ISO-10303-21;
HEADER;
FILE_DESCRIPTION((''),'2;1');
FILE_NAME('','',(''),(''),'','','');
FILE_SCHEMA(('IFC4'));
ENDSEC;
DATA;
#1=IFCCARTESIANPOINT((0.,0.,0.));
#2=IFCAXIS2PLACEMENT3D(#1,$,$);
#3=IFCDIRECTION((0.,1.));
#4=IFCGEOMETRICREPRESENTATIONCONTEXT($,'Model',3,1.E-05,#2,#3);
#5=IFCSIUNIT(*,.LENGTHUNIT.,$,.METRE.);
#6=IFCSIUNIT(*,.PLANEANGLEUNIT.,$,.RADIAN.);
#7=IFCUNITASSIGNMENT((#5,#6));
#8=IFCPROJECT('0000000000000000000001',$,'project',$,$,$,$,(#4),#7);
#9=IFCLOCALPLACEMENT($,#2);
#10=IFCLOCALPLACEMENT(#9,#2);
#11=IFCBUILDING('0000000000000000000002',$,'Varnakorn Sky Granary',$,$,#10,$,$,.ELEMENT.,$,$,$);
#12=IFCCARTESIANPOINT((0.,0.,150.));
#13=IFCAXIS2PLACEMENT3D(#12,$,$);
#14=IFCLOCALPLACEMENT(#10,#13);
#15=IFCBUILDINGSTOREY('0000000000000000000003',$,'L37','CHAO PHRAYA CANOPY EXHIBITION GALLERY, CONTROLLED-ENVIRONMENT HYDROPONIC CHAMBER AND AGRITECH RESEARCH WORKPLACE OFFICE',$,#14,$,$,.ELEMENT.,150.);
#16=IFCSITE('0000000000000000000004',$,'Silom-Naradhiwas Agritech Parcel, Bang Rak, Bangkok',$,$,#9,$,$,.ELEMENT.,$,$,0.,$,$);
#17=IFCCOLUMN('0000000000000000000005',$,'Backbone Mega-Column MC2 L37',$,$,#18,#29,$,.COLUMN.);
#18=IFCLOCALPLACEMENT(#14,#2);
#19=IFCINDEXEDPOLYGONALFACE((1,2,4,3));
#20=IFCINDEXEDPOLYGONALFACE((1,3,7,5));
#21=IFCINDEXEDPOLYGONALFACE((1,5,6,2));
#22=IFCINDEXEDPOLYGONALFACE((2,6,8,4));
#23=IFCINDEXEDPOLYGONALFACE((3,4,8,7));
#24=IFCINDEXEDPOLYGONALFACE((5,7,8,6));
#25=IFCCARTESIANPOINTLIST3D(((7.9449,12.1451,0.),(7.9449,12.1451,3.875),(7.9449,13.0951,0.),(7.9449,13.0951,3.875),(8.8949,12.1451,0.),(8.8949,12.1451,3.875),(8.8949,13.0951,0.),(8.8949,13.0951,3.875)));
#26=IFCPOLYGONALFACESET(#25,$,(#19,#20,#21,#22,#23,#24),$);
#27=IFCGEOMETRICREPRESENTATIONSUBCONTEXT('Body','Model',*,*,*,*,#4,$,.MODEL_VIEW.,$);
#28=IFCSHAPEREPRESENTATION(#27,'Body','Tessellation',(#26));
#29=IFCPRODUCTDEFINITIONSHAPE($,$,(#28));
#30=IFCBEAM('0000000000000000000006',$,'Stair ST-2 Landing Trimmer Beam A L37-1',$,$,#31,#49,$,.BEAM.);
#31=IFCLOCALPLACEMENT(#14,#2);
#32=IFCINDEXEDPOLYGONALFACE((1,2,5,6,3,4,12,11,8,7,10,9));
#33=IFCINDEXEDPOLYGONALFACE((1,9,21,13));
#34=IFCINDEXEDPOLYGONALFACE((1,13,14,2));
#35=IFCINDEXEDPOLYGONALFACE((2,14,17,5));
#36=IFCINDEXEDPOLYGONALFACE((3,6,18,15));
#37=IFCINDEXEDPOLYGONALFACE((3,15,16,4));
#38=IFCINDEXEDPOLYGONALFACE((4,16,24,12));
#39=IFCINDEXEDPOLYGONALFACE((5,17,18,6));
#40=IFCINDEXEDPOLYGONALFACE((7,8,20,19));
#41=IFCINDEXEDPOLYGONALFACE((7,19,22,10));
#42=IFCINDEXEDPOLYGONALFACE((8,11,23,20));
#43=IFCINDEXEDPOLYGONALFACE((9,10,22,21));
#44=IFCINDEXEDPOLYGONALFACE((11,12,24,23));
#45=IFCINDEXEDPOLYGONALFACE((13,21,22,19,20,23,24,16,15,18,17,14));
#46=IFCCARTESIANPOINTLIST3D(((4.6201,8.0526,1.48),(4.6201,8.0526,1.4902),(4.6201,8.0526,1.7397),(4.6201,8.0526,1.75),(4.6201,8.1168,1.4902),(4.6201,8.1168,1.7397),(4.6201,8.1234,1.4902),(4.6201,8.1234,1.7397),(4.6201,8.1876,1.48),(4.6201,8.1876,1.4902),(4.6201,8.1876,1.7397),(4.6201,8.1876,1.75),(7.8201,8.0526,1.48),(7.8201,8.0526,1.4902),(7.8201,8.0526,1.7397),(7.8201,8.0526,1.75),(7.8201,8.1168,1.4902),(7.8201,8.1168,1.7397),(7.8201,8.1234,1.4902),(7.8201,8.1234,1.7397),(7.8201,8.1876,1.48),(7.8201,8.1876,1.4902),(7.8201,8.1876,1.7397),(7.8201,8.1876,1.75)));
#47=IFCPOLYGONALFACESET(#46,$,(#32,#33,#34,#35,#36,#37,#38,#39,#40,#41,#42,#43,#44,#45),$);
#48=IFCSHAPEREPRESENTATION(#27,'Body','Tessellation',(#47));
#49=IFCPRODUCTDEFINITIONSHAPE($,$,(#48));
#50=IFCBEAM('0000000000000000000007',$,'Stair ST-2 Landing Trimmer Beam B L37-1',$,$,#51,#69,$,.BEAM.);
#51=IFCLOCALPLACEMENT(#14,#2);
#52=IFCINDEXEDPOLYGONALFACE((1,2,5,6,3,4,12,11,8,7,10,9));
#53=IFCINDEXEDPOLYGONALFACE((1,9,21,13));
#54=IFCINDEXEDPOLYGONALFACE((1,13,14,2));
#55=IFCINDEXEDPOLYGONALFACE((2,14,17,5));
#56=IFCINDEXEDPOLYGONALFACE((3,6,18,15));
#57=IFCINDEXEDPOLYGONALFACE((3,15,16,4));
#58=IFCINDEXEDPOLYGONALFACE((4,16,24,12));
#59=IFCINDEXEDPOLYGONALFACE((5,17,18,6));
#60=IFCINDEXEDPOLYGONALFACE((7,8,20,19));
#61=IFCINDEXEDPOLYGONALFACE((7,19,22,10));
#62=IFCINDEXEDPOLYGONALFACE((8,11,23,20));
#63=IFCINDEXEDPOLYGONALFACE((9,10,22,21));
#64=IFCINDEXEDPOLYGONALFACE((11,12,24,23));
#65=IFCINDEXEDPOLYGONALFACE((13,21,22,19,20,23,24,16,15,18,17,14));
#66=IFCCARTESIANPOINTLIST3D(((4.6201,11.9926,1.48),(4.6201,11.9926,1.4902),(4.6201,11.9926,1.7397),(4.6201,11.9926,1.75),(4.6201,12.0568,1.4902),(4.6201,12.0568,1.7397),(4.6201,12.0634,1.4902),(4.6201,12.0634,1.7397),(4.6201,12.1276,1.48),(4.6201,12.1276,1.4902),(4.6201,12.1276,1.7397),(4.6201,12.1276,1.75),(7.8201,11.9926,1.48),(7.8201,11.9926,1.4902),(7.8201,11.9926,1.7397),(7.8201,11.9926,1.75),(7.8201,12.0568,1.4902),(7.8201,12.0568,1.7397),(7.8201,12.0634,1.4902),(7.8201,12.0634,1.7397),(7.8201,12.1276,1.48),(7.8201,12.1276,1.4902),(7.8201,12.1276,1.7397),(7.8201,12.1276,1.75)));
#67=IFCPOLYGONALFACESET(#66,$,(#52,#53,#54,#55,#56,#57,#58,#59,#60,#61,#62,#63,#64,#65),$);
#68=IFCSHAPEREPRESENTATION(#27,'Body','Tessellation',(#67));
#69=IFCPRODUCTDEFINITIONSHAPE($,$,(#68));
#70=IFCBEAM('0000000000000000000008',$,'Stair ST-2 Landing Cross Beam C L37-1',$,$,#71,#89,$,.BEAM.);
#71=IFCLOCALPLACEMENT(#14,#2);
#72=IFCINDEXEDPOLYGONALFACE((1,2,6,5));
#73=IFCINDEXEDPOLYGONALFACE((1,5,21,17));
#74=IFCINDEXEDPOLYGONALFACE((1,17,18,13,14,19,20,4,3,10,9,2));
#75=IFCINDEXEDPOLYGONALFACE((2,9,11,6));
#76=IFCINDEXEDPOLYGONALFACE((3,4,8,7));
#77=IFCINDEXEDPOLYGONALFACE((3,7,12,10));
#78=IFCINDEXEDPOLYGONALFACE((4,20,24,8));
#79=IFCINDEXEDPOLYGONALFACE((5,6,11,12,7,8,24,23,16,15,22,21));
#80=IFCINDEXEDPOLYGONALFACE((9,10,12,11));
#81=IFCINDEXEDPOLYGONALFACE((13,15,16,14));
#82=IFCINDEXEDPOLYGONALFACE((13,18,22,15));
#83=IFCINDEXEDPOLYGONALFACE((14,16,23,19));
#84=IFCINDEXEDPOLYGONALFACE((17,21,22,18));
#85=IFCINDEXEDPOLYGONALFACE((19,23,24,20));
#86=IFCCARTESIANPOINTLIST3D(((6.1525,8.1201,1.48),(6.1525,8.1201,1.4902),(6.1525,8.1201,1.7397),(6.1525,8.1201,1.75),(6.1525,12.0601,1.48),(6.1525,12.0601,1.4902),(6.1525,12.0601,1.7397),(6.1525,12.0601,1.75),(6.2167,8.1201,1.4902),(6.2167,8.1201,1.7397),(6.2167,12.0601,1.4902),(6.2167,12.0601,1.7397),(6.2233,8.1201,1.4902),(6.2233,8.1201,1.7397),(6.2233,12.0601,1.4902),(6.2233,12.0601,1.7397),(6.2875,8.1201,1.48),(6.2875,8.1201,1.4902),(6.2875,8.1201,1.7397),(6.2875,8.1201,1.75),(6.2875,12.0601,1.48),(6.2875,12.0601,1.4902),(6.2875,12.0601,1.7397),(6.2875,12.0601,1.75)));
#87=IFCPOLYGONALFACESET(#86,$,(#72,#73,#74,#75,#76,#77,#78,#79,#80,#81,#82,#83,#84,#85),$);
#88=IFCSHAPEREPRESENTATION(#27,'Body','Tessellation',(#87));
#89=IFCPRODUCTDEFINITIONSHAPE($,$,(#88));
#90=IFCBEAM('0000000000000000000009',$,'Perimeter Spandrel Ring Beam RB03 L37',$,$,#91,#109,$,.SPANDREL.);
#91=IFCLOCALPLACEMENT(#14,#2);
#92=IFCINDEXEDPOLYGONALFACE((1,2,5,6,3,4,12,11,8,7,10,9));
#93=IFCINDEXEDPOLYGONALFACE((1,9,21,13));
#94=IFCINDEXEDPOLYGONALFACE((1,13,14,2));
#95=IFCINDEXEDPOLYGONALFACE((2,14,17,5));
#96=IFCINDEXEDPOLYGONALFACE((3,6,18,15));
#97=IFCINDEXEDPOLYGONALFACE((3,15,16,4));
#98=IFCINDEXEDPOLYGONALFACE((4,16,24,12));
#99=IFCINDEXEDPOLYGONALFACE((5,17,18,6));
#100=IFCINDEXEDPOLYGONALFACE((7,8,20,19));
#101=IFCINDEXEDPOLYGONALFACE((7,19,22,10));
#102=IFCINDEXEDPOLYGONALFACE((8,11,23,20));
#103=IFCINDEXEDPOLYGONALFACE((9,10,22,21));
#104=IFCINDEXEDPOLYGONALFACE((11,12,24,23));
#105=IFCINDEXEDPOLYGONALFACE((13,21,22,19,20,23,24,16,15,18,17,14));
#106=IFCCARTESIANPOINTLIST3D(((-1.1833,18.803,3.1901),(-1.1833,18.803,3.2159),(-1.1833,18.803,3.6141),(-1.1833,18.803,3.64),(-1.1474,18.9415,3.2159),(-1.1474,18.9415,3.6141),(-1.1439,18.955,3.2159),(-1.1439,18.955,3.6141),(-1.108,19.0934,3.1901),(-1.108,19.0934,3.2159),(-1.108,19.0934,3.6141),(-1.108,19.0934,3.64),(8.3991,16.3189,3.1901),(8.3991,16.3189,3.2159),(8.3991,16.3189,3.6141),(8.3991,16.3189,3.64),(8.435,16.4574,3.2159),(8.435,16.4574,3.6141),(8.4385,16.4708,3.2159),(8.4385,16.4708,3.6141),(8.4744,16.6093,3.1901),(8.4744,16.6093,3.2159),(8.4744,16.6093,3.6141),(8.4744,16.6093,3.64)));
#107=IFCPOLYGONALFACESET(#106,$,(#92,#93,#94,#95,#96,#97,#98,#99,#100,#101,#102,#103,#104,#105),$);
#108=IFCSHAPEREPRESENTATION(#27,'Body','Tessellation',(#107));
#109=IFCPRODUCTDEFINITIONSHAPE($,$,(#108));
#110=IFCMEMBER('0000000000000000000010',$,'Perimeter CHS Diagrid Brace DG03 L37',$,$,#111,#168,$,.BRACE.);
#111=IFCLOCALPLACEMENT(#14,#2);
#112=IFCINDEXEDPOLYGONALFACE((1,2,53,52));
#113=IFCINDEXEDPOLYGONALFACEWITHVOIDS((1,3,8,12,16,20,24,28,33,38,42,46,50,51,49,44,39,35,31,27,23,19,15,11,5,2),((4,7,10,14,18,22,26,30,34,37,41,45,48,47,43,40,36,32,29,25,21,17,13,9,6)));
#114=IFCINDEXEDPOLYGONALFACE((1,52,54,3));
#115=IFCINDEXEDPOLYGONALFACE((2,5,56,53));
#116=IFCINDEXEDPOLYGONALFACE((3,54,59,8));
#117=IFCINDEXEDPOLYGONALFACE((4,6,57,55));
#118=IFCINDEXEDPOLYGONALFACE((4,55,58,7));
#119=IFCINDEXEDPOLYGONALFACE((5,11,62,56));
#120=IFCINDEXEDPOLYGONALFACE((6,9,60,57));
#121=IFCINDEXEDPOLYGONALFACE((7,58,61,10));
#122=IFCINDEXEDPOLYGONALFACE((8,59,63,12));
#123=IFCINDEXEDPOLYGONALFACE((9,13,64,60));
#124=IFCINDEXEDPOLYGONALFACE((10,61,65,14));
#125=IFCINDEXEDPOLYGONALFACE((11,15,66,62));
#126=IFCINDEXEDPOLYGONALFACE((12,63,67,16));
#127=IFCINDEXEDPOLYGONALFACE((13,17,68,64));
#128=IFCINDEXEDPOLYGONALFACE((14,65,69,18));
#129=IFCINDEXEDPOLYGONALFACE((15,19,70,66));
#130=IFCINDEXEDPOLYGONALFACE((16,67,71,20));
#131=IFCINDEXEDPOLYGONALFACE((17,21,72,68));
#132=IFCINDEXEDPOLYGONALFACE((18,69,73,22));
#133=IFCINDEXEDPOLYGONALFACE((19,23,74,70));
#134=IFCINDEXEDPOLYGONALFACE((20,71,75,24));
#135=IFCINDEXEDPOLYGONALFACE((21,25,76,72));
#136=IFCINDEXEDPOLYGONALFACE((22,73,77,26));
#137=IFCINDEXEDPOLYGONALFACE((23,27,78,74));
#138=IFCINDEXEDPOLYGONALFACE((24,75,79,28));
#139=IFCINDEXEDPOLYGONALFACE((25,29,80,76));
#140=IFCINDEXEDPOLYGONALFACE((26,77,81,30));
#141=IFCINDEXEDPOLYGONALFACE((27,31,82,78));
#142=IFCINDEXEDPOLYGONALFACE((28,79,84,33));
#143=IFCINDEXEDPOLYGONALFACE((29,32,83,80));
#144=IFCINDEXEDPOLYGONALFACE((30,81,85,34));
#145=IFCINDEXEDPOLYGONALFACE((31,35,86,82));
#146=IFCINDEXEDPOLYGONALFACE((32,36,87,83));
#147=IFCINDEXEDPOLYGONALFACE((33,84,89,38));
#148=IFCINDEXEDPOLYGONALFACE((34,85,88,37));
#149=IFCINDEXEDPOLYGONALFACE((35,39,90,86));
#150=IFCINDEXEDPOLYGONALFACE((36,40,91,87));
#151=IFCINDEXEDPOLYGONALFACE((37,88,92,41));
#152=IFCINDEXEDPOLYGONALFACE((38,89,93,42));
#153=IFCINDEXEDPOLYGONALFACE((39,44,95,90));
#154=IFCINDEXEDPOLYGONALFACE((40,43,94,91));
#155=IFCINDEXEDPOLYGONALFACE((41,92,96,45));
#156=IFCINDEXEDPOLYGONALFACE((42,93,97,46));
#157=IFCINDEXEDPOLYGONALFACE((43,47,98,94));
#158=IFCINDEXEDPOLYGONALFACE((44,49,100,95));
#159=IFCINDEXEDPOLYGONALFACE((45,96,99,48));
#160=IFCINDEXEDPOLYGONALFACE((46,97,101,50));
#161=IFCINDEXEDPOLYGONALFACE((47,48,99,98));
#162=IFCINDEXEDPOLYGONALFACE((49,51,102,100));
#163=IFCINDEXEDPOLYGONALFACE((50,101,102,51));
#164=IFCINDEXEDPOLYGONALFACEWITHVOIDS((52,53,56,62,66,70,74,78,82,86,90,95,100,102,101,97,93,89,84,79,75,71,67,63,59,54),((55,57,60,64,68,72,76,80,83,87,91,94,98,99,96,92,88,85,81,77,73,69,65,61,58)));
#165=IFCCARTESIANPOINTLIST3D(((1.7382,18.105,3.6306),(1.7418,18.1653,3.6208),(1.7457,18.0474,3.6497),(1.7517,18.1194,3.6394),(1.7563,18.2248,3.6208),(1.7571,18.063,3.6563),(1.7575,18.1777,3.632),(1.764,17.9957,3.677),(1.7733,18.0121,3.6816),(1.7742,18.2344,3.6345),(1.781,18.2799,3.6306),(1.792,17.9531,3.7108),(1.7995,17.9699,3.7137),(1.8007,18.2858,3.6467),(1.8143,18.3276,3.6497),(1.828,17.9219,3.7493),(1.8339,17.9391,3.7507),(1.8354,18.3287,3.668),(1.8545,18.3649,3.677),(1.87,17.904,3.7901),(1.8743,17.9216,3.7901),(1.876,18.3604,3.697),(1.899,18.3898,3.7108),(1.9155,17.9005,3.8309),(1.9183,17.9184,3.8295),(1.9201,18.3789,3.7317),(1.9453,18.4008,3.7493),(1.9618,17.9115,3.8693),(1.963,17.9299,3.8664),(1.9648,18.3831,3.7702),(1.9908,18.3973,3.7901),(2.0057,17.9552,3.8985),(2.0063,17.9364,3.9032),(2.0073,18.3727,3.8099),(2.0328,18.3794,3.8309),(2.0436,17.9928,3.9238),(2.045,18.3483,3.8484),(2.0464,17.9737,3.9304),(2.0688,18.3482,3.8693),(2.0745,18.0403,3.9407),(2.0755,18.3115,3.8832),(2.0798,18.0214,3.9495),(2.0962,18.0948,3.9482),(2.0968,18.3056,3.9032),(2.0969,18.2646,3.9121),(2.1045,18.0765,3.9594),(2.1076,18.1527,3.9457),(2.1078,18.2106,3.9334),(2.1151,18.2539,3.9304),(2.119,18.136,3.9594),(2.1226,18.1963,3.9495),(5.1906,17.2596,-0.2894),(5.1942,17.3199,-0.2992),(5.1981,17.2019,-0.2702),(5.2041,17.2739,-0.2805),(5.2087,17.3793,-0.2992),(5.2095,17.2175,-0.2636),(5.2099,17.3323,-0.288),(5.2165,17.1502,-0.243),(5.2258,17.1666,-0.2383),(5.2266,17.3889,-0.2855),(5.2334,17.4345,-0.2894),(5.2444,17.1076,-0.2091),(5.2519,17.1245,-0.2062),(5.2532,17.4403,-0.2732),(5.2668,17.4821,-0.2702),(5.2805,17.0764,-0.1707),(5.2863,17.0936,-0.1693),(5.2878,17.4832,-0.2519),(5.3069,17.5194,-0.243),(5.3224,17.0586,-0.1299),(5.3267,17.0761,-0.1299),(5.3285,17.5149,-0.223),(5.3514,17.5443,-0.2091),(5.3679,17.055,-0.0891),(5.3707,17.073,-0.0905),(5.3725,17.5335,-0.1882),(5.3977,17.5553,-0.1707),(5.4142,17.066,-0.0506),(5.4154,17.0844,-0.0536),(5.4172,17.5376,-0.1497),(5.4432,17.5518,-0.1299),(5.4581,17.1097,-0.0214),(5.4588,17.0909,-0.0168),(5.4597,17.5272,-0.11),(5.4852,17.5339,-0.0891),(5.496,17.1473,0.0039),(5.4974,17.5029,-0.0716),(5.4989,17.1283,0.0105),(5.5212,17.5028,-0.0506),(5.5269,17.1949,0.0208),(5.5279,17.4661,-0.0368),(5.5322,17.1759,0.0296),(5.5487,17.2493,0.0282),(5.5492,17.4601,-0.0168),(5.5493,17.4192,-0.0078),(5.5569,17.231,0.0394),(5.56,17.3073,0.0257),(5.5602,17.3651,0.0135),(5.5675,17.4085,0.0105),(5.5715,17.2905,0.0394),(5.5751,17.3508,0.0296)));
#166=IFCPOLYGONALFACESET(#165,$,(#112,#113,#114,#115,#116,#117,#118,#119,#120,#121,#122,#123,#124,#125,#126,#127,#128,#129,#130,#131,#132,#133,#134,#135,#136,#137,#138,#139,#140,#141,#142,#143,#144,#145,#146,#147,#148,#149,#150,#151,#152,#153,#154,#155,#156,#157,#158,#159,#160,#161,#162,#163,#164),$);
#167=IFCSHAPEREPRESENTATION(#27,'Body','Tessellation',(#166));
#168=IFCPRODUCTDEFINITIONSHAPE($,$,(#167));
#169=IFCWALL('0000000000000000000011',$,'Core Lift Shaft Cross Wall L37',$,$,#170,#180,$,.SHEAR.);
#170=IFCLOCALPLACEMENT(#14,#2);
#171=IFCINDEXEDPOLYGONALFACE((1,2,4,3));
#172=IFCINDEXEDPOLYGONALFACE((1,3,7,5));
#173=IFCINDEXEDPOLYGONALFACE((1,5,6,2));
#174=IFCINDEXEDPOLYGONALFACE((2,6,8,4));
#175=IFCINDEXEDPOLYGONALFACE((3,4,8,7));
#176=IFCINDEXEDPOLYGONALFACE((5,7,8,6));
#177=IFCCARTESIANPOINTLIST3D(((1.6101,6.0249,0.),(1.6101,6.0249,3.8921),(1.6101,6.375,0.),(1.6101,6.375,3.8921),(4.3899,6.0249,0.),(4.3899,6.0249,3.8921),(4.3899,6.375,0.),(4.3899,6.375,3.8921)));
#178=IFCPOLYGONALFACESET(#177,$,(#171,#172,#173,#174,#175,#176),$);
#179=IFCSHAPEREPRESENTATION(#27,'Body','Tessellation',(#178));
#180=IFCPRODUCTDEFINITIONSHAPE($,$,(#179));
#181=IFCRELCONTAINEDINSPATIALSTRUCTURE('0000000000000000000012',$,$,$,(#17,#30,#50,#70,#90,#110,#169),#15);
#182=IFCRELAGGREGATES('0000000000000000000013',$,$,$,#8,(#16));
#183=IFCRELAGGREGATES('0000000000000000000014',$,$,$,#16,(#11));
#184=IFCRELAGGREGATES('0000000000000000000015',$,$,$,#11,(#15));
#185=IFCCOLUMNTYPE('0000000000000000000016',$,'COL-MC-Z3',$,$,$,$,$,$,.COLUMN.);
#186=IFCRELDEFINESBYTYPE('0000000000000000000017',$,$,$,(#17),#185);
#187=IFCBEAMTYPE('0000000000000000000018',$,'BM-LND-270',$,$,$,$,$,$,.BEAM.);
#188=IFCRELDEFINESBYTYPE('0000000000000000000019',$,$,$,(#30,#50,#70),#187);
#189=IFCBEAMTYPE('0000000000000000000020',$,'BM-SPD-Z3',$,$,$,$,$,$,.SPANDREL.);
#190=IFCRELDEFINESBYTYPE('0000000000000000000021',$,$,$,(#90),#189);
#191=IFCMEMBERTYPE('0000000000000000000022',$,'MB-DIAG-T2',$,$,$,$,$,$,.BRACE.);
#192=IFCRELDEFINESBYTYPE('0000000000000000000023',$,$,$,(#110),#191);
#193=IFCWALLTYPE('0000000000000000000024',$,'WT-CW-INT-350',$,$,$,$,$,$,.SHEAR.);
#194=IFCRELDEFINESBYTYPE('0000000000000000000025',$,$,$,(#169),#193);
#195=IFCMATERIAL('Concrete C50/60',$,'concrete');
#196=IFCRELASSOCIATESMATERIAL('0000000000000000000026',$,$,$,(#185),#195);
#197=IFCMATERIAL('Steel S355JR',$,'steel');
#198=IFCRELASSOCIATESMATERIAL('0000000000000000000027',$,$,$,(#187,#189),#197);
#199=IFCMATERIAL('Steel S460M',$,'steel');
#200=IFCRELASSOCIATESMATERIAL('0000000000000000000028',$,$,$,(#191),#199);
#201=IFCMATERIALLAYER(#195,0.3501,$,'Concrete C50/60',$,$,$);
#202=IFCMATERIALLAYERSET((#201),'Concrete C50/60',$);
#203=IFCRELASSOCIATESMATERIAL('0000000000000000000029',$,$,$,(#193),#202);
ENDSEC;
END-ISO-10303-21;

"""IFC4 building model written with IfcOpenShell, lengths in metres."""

from ifc_helpers import new_model, si_unit, direction, frame, frame_2d, origin, origin_2d, place, context, subcontext, project, spatial, rectangle, hollow_circle, i_section, extrude, material, layer, layer_set, material_profile, profile_set, type_object, element, save


model = new_model("IFC4")

# Units and contexts
model_context = context("Model", 3, precision=1e-05, world=origin(), true_north=direction((0.0, 1.0)))
body_context = subcontext(model_context, "Body", "Model", "MODEL_VIEW")
ifc_project = project(units=[si_unit("LENGTHUNIT", "METRE"), si_unit("PLANEANGLEUNIT", "RADIAN")], contexts=[model_context])

# Site, building, storey
site_placement = place(None, origin())
site = spatial("IfcSite", under=ifc_project, at=site_placement, Name="Silom-Naradhiwas Agritech Parcel, Bang Rak, Bangkok", CompositionType="ELEMENT", RefElevation=0.0)
building_placement = place(site_placement, origin())
building = spatial("IfcBuilding", under=site, at=building_placement, Name="Varnakorn Sky Granary", CompositionType="ELEMENT")
storey_placement = place(building_placement, frame((0.0, 0.0, 150.0)))
storey = spatial("IfcBuildingStorey", under=building, at=storey_placement, Name="L37", Description="CHAO PHRAYA CANOPY EXHIBITION GALLERY, CONTROLLED-ENVIRONMENT HYDROPONIC CHAMBER AND AGRITECH RESEARCH WORKPLACE OFFICE", CompositionType="ELEMENT", Elevation=150.0)

# Column
ifc_material_1 = material(Name="Concrete C50/60", Category="concrete")
ifc_material_profile_1 = material_profile(ifc_material_1, rectangle(XDim=0.95, YDim=0.95, at=origin_2d()), Name="RC 950x950")
ifc_profile_set_1 = profile_set([ifc_material_profile_1], Name="Concrete C50/60")
column_type = type_object("IfcColumnType", Name="COL-MC-Z3", PredefinedType="COLUMN", material=ifc_profile_set_1)
column_placement = place(storey_placement, frame((8.4199, 12.6201, 0.0), z_axis=(0.0, 0.0, 1.0), x_axis=(1.0, 0.0, 0.0)))
element("IfcColumn", 1, at=column_placement, inside=storey, type_object=column_type, Name="Backbone Mega-Column MC2 L37", PredefinedType="COLUMN", context=body_context, shape_type="SweptSolid", body=[
    extrude(rectangle(XDim=0.95, YDim=0.95, at=origin_2d()), origin(), (0.0, 0.0, 1.0), 3.875),
])

# Beams
ifc_material_2 = material(Name="Steel S355JR", Category="steel")
ifc_material_profile_2 = material_profile(ifc_material_2, i_section(OverallWidth=0.135, OverallDepth=0.27, WebThickness=0.0066, FlangeThickness=0.0103, at=origin_2d()), Name="IPE 270")
ifc_profile_set_2 = profile_set([ifc_material_profile_2], Name="Steel S355JR")
beam_type_1 = type_object("IfcBeamType", Name="BM-LND-270", PredefinedType="BEAM", material=ifc_profile_set_2)
for number, where, z_axis, x_axis, name in (
    (2, (4.6201, 8.1201, 1.615), (1.0, 0.0, 0.0), (0.0, 1.0, 0.0), "Stair ST-2 Landing Trimmer Beam A L37-1"),
    (3, (4.6201, 12.0601, 1.615), (1.0, 0.0, 0.0), (0.0, 1.0, 0.0), "Stair ST-2 Landing Trimmer Beam B L37-1"),
):
    element("IfcBeam", number, at=place(storey_placement, frame(where, z_axis=z_axis, x_axis=x_axis)), inside=storey, type_object=beam_type_1, Name=name, PredefinedType="BEAM", context=body_context, shape_type="SweptSolid", body=[
        extrude(i_section(OverallWidth=0.135, OverallDepth=0.27, WebThickness=0.0066, FlangeThickness=0.0103, at=origin_2d()), origin(), (0.0, 0.0, 1.0), 3.2),
    ])
beam_1_placement = place(storey_placement, frame((6.22, 8.1201, 1.615), z_axis=(0.0, 1.0, 0.0), x_axis=(-1.0, 0.0, 0.0)))
element("IfcBeam", 4, at=beam_1_placement, inside=storey, type_object=beam_type_1, Name="Stair ST-2 Landing Cross Beam C L37-1", PredefinedType="BEAM", context=body_context, shape_type="SweptSolid", body=[
    extrude(i_section(OverallWidth=0.135, OverallDepth=0.27, WebThickness=0.0066, FlangeThickness=0.0103, at=origin_2d()), origin(), (0.0, 0.0, 1.0), 3.9399),
])
ifc_material_profile_3 = material_profile(ifc_material_2, i_section(OverallWidth=0.3, OverallDepth=0.45, WebThickness=0.0139, FlangeThickness=0.0259, at=origin_2d()), Name="HE 450 B")
ifc_profile_set_3 = profile_set([ifc_material_profile_3], Name="Steel S355JR")
beam_type_2 = type_object("IfcBeamType", Name="BM-SPD-Z3", PredefinedType="SPANDREL", material=ifc_profile_set_3)
beam_2_placement = place(storey_placement, frame((8.4368, 16.4641, 3.415), z_axis=(-0.968002, 0.250941, 0.0), x_axis=(-0.250941, -0.968002, 0.0)))
element("IfcBeam", 5, at=beam_2_placement, inside=storey, type_object=beam_type_2, Name="Perimeter Spandrel Ring Beam RB03 L37", PredefinedType="SPANDREL", context=body_context, shape_type="SweptSolid", body=[
    extrude(i_section(OverallWidth=0.3, OverallDepth=0.45, WebThickness=0.0139, FlangeThickness=0.0259, at=origin_2d()), origin(), (0.0, 0.0, 1.0), 9.8992),
])

# Member
ifc_material_3 = material(Name="Steel S460M", Category="steel")
ifc_material_profile_4 = material_profile(ifc_material_3, hollow_circle(Radius=0.2539, WallThickness=0.0181, at=origin_2d()), Name="CHS 508x18")
ifc_profile_set_4 = profile_set([ifc_material_profile_4], Name="Steel S460M")
member_type = type_object("IfcMemberType", Name="MB-DIAG-T2", PredefinedType="BRACE", material=ifc_profile_set_4)
member_placement = place(storey_placement, frame((5.3828, 17.3052, -0.1299), z_axis=(-0.652445, 0.159778, 0.740801), x_axis=(-0.237862, -0.971299, 0.0)))
element("IfcMember", 6, at=member_placement, inside=storey, type_object=member_type, Name="Perimeter CHS Diagrid Brace DG03 L37", PredefinedType="BRACE", context=body_context, shape_type="SweptSolid", body=[
    extrude(hollow_circle(Radius=0.2539, WallThickness=0.0181, at=origin_2d()), origin(), (0.0, 0.0, 1.0), 5.2915),
])

# Wall
ifc_layer_1 = layer(ifc_material_1, 0.3501, Name="Concrete C50/60")
ifc_layer_set_1 = layer_set([ifc_layer_1], Name="Concrete C50/60")
wall_type_1 = type_object("IfcWallType", Name="WT-CW-INT-350", PredefinedType="SHEAR", material=ifc_layer_set_1)
wall_1_placement = place(storey_placement, frame((1.6101, 6.2, 0.0), z_axis=(0.0, 0.0, 1.0), x_axis=(1.0, 0.0, 0.0)))
element("IfcWall", 7, at=wall_1_placement, inside=storey, type_object=wall_type_1, Name="Core Lift Shaft Cross Wall L37", PredefinedType="SHEAR", context=body_context, shape_type="SweptSolid", body=[
    extrude(rectangle(XDim=2.7798, YDim=0.3501, at=frame_2d((1.3899, 0.0))), origin(), (0.0, 0.0, 1.0), 3.8921),
])

save(model, "model.ifc")
